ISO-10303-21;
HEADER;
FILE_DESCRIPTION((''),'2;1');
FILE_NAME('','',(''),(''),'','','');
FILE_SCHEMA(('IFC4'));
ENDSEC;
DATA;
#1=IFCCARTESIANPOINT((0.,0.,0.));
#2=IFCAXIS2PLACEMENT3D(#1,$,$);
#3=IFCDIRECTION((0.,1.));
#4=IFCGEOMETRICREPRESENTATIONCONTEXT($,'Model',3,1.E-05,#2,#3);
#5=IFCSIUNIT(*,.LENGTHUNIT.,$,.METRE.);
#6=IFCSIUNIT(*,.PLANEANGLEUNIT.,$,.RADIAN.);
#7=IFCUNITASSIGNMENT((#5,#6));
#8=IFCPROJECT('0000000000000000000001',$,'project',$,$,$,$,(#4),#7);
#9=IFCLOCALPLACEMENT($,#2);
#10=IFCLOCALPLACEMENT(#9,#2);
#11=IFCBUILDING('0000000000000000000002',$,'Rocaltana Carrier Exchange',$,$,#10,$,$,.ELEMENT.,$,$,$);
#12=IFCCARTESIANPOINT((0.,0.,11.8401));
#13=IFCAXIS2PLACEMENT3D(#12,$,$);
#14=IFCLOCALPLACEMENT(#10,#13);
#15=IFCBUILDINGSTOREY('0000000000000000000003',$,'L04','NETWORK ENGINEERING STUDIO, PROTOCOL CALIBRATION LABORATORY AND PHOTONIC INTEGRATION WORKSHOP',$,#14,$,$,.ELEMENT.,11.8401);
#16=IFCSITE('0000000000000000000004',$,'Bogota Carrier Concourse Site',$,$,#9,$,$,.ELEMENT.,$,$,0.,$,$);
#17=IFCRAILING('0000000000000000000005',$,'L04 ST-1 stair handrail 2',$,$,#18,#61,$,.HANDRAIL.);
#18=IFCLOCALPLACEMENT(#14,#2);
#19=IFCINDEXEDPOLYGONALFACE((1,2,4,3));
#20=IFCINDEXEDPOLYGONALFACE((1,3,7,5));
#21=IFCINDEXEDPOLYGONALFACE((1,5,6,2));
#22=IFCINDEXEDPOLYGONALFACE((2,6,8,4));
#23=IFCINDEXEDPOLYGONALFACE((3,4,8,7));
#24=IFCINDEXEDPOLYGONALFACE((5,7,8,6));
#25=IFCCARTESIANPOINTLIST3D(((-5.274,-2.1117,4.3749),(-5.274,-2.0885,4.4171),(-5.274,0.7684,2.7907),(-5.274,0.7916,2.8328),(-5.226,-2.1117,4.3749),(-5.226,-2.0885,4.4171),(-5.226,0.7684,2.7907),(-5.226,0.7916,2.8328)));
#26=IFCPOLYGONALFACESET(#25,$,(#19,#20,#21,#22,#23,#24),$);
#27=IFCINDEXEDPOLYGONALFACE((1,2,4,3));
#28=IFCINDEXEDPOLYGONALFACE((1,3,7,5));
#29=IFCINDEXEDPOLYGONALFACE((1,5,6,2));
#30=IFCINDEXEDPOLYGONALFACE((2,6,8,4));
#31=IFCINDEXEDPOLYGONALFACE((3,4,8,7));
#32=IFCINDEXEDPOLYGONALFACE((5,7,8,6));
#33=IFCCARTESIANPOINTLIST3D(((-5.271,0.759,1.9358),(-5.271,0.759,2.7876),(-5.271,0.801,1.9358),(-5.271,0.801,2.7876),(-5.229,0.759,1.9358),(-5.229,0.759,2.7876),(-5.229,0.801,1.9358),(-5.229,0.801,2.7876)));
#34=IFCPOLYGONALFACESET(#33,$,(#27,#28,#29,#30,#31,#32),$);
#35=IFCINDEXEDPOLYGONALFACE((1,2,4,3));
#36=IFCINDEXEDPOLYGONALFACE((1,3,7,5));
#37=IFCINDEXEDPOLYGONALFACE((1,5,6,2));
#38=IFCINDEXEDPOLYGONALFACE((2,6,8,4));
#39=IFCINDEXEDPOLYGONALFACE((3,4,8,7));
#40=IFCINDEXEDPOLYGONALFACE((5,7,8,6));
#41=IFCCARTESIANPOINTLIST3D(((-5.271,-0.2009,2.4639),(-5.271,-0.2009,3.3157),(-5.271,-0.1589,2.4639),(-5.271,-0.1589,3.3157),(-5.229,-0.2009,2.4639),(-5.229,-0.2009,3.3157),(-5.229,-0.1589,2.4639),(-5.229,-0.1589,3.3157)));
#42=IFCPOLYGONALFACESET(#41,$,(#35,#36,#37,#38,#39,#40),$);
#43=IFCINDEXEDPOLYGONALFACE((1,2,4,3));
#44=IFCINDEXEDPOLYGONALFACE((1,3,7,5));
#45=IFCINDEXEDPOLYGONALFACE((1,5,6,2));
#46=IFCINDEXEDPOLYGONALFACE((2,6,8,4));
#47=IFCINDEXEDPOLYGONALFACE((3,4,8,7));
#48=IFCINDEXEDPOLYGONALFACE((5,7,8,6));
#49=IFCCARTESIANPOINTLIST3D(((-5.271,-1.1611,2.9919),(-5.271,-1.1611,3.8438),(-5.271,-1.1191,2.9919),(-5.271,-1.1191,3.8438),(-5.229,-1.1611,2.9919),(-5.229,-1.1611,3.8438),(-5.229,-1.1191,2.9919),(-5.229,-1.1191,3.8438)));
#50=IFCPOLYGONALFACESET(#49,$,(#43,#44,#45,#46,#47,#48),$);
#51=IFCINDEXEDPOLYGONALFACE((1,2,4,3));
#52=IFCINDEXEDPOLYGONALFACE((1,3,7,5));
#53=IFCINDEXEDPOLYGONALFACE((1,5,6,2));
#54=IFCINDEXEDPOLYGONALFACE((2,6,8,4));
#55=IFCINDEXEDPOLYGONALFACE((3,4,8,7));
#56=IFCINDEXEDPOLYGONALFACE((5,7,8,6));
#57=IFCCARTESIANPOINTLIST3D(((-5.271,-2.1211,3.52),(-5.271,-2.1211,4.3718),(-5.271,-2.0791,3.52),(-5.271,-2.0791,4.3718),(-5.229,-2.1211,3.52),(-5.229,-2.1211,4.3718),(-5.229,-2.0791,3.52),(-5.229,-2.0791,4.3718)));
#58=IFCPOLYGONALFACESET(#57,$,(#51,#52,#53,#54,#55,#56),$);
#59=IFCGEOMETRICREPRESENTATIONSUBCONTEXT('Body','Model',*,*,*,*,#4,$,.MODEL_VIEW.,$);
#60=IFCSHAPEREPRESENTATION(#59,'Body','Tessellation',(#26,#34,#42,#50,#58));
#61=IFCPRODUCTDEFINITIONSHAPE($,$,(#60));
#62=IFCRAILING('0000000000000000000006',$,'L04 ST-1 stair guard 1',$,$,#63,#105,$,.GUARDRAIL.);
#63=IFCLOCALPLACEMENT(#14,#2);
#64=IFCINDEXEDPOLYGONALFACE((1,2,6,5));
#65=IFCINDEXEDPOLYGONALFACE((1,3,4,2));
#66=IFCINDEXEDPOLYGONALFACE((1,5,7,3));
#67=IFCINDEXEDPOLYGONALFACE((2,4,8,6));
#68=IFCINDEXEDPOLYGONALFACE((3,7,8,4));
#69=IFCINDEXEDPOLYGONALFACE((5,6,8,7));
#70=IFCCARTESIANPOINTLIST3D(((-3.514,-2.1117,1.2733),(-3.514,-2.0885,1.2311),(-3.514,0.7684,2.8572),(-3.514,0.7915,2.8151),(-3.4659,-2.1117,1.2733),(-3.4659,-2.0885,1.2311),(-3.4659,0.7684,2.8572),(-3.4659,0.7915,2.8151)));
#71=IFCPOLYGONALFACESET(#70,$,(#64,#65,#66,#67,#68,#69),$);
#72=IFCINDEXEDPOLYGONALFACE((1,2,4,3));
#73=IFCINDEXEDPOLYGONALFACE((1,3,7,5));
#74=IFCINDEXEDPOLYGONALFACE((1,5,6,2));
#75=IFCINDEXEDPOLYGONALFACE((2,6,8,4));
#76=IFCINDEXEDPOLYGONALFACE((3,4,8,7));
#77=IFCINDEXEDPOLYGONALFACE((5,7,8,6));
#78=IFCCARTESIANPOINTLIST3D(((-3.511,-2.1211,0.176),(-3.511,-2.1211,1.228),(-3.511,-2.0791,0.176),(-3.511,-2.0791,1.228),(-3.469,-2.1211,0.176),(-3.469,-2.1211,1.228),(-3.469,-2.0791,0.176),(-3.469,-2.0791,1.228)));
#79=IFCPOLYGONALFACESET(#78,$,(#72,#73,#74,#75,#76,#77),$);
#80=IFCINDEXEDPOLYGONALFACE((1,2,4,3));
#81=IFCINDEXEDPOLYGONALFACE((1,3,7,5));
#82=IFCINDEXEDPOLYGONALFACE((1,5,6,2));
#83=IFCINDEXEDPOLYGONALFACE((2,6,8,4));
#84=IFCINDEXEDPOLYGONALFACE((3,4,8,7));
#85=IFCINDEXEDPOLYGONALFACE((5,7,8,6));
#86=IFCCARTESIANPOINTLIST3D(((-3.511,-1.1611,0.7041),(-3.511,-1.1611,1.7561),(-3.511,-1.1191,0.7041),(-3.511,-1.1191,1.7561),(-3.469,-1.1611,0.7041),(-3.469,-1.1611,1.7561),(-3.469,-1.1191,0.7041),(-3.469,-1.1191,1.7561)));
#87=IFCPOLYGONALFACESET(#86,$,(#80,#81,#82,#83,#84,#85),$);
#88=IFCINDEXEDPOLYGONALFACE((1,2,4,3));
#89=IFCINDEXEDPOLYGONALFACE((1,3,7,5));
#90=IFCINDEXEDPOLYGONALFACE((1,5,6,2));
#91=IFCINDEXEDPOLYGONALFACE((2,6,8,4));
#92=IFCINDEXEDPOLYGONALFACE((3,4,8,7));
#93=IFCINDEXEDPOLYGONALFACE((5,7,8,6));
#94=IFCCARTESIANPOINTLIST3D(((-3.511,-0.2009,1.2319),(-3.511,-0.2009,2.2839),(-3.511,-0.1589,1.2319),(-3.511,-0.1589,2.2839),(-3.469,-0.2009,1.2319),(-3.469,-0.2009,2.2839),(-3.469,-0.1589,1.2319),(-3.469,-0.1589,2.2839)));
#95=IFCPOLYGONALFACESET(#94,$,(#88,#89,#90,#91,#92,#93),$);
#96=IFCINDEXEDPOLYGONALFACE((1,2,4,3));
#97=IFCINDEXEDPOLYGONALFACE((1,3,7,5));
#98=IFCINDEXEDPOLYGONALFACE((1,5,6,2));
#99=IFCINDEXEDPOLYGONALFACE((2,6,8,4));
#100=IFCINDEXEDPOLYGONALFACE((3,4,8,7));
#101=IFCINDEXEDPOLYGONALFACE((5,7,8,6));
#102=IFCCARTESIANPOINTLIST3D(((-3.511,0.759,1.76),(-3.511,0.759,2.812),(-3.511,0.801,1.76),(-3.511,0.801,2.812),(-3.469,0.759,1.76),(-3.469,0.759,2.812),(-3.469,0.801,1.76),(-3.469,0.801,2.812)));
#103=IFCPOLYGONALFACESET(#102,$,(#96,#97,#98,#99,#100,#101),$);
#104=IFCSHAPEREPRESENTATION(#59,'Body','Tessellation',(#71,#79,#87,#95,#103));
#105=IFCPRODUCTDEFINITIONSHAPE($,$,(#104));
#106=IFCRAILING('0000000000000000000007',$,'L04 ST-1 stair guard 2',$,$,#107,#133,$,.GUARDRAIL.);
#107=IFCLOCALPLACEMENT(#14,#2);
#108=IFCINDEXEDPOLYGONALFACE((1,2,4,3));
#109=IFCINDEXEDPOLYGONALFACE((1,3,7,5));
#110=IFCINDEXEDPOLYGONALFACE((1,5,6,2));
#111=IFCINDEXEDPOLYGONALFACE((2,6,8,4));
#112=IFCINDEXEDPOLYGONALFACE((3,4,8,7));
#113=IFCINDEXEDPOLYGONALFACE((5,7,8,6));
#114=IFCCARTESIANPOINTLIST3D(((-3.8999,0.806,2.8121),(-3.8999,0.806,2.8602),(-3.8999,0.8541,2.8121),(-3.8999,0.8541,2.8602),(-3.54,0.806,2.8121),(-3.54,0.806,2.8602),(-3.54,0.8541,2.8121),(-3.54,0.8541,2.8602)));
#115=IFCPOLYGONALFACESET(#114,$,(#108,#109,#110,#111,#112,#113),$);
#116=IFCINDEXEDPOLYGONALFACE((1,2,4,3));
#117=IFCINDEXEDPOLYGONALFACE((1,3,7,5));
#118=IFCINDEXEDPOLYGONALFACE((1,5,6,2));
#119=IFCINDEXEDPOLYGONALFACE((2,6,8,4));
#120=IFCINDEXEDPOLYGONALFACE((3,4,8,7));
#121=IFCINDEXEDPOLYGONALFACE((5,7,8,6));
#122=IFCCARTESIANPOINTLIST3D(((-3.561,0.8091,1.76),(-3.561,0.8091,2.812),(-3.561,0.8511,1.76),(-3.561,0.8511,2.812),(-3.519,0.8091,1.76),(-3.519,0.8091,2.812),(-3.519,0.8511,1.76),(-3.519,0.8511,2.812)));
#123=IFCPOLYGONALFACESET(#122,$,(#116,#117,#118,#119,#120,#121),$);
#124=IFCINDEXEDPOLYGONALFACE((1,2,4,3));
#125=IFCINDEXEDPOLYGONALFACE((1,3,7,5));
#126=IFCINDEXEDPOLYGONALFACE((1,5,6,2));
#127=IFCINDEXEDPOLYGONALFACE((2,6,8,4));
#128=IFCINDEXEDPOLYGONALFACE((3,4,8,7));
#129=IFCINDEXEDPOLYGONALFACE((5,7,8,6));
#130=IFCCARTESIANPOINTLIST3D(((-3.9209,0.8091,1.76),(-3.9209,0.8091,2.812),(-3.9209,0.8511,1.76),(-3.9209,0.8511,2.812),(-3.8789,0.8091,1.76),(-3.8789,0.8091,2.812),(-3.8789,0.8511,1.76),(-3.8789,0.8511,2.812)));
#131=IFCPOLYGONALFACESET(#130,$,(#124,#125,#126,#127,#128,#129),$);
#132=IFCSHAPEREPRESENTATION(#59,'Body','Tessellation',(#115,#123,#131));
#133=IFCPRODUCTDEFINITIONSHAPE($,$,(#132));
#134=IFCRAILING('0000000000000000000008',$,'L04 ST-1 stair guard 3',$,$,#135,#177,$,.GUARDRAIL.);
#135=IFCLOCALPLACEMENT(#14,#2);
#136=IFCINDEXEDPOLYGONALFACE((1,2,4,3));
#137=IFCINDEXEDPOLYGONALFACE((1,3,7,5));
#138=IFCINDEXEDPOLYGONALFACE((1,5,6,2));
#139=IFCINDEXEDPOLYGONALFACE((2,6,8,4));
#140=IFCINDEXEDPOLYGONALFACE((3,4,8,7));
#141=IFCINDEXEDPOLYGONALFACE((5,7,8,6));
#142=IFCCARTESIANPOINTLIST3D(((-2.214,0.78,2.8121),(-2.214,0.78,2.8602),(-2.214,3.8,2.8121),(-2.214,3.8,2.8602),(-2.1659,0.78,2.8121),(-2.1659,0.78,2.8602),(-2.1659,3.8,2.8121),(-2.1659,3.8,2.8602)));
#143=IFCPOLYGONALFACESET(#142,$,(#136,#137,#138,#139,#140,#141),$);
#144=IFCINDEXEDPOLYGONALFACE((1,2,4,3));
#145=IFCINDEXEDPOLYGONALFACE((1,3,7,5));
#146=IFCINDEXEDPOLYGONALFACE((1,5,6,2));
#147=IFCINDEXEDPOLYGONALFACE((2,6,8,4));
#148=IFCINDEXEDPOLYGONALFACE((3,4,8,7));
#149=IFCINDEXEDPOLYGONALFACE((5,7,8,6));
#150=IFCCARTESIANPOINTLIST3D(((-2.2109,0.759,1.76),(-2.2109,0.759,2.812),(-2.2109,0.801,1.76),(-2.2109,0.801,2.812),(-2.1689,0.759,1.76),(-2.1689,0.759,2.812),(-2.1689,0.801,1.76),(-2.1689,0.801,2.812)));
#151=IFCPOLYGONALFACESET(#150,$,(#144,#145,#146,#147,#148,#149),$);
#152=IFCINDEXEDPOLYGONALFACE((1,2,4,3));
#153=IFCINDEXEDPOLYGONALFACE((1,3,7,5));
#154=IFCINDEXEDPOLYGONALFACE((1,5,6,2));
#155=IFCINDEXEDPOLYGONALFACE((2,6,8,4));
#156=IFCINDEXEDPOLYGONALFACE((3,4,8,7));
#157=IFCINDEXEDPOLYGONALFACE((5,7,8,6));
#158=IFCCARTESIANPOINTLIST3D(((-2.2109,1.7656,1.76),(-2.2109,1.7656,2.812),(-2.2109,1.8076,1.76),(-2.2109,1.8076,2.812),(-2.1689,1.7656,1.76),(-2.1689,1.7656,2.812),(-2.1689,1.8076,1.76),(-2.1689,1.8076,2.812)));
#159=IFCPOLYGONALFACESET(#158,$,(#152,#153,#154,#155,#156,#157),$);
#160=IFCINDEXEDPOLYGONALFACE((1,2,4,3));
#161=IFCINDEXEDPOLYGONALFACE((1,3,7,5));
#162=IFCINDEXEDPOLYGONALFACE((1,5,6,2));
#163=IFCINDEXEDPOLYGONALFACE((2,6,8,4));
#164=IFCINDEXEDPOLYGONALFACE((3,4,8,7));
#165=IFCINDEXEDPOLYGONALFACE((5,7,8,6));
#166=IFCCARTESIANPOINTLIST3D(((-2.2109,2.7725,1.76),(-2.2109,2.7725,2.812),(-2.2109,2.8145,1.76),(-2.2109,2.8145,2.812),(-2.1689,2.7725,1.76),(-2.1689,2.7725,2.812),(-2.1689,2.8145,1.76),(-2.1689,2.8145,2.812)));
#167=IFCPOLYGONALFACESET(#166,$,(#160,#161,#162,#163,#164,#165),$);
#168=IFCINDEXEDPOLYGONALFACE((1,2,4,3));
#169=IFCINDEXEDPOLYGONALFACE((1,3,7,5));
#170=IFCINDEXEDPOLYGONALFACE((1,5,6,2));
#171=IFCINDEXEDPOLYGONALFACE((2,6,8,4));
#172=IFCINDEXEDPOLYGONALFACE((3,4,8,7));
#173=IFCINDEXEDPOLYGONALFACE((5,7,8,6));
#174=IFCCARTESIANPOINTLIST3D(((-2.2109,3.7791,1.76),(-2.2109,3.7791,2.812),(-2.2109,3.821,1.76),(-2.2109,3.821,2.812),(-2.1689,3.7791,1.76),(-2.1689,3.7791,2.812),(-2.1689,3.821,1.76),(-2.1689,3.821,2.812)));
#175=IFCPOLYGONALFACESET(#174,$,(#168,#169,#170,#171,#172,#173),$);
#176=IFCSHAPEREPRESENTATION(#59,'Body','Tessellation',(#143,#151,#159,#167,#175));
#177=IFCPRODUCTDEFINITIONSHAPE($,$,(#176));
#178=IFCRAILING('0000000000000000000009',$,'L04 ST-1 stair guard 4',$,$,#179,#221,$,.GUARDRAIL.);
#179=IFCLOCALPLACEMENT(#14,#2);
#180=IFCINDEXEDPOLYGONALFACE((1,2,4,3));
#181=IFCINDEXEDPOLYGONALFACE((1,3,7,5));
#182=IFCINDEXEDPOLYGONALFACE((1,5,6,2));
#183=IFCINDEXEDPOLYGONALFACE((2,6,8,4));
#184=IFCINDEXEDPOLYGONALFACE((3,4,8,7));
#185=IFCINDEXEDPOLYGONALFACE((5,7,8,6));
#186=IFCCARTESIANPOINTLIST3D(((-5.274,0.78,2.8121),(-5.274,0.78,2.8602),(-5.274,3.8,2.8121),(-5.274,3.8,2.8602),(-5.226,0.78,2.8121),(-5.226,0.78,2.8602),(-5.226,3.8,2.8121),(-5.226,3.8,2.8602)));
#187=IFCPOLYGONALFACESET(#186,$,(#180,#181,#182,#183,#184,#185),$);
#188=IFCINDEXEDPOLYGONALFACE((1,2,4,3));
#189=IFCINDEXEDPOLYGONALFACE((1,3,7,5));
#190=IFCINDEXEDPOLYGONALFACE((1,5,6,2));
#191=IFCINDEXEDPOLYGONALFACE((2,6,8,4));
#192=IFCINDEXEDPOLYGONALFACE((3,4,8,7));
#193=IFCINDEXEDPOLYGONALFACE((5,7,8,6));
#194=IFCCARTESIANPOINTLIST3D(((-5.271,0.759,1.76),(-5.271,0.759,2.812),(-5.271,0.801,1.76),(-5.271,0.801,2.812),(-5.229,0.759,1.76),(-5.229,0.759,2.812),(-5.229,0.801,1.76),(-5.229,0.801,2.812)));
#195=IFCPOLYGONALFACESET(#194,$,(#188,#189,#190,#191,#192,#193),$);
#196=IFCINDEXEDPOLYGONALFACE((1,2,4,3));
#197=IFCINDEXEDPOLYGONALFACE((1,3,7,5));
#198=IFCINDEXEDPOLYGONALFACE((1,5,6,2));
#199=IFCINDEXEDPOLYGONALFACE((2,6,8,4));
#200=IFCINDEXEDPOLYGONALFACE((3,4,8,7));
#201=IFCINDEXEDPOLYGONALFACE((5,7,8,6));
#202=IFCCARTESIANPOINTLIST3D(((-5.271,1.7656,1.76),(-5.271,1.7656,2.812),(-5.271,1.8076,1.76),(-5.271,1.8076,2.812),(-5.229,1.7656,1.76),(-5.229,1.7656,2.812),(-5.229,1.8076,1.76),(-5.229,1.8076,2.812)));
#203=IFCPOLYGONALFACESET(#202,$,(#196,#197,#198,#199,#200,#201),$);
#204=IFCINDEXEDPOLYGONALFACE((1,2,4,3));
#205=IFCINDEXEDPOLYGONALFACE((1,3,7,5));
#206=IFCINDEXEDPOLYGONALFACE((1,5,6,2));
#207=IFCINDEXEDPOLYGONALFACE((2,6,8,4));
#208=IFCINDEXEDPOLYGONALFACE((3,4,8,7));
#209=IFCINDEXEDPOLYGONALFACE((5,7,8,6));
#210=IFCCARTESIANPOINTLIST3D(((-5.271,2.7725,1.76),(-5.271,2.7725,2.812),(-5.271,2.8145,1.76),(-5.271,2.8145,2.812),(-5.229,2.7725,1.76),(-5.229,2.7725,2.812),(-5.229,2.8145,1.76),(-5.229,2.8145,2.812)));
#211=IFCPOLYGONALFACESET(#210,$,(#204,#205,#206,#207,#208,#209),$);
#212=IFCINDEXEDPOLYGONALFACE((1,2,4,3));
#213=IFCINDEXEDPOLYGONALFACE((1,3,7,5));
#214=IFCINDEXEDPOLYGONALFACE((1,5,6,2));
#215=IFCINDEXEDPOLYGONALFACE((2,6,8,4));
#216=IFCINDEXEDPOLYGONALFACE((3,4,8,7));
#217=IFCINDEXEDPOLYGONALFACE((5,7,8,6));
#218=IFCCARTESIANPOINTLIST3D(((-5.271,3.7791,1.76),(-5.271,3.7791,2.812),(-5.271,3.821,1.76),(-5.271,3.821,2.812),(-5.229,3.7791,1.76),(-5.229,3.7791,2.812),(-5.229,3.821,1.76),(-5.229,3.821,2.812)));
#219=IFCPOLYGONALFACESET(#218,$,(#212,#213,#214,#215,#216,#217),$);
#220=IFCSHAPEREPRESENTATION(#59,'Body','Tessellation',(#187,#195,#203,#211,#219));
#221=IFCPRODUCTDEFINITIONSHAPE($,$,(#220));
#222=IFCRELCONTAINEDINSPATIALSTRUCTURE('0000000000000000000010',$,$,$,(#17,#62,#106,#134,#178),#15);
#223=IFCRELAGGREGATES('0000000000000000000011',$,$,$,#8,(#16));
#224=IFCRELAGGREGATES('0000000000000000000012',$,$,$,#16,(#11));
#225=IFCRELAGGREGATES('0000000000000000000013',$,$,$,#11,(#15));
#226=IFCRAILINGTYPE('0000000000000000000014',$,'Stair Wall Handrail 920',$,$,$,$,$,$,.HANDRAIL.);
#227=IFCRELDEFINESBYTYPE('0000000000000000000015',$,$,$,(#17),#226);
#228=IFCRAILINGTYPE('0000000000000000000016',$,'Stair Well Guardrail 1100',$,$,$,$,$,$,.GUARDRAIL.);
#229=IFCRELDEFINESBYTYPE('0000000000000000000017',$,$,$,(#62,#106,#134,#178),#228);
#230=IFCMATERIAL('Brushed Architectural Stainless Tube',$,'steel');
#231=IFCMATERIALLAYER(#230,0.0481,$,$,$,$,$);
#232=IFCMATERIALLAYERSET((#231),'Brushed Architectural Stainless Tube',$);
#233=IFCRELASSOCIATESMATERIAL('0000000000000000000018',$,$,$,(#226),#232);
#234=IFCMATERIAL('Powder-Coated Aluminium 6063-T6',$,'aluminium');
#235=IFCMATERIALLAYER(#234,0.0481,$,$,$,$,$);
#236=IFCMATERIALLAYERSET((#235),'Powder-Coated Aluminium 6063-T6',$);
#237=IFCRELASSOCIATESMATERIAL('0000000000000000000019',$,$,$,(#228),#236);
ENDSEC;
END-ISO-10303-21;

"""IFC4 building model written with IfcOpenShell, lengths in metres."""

from ifc_helpers import new_model, si_unit, direction, frame, origin, origin_2d, place, context, subcontext, project, spatial, rectangle, extrude, material, layer, layer_set, type_object, element, save


model = new_model("IFC4")

# Units and contexts
model_context = context("Model", 3, precision=1e-05, world=origin(), true_north=direction((0.0, 1.0)))
body_context = subcontext(model_context, "Body", "Model", "MODEL_VIEW")
ifc_project = project(units=[si_unit("LENGTHUNIT", "METRE"), si_unit("PLANEANGLEUNIT", "RADIAN")], contexts=[model_context])

# Site, building, storey
site_placement = place(None, origin())
site = spatial("IfcSite", under=ifc_project, at=site_placement, Name="Bogota Carrier Concourse Site", CompositionType="ELEMENT", RefElevation=0.0)
building_placement = place(site_placement, origin())
building = spatial("IfcBuilding", under=site, at=building_placement, Name="Rocaltana Carrier Exchange", CompositionType="ELEMENT")
storey_placement = place(building_placement, frame((0.0, 0.0, 11.8401)))
storey = spatial("IfcBuildingStorey", under=building, at=storey_placement, Name="L04", Description="NETWORK ENGINEERING STUDIO, PROTOCOL CALIBRATION LABORATORY AND PHOTONIC INTEGRATION WORKSHOP", CompositionType="ELEMENT", Elevation=11.8401)

# Railings
ifc_material_1 = material(Name="Brushed Architectural Stainless Tube", Category="steel")
ifc_layer_1 = layer(ifc_material_1, 0.0481)
ifc_layer_set_1 = layer_set([ifc_layer_1], Name="Brushed Architectural Stainless Tube")
railing_type_1 = type_object("IfcRailingType", Name="Stair Wall Handrail 920", PredefinedType="HANDRAIL", material=ifc_layer_set_1)
railing_1_placement = place(storey_placement, frame((-5.25, 0.78, 1.9358)))
element("IfcRailing", 1, at=railing_1_placement, inside=storey, type_object=railing_type_1, Name="L04 ST-1 stair handrail 2", PredefinedType="HANDRAIL", context=body_context, shape_type="SweptSolid", body=[
    extrude(rectangle(XDim=0.0481, YDim=0.0481, at=origin_2d()), frame((0.0, 0.0, 0.876), z_axis=(0.0, -0.876196, 0.481956), x_axis=(1.0, 0.0, 0.0)), (0.0, 0.0, 1.0), 3.2871),
    extrude(rectangle(XDim=0.042, YDim=0.042, at=origin_2d()), origin(), (0.0, 0.0, 1.0), 0.8518),
    extrude(rectangle(XDim=0.042, YDim=0.042, at=origin_2d()), frame((0.0, -0.96, 0.5281)), (0.0, 0.0, 1.0), 0.8518),
    extrude(rectangle(XDim=0.042, YDim=0.042, at=origin_2d()), frame((0.0, -1.9202, 1.0562)), (0.0, 0.0, 1.0), 0.8518),
    extrude(rectangle(XDim=0.042, YDim=0.042, at=origin_2d()), frame((0.0, -2.8801, 1.5842)), (0.0, 0.0, 1.0), 0.8518),
])
ifc_material_2 = material(Name="Powder-Coated Aluminium 6063-T6", Category="aluminium")
ifc_layer_2 = layer(ifc_material_2, 0.0481)
ifc_layer_set_2 = layer_set([ifc_layer_2], Name="Powder-Coated Aluminium 6063-T6")
railing_type_2 = type_object("IfcRailingType", Name="Stair Well Guardrail 1100", PredefinedType="GUARDRAIL", material=ifc_layer_set_2)
railing_2_placement = place(storey_placement, frame((-3.49, -2.1001, 0.176)))
element("IfcRailing", 2, at=railing_2_placement, inside=storey, type_object=railing_type_2, Name="L04 ST-1 stair guard 1", PredefinedType="GUARDRAIL", context=body_context, shape_type="SweptSolid", body=[
    extrude(rectangle(XDim=0.0481, YDim=0.0481, at=origin_2d()), frame((0.0, 0.0, 1.0762), z_axis=(0.0, 0.876227, 0.481899), x_axis=(-1.0, 0.0, 0.0)), (0.0, 0.0, 1.0), 3.2869),
    extrude(rectangle(XDim=0.042, YDim=0.042, at=origin_2d()), origin(), (0.0, 0.0, 1.0), 1.052),
    extrude(rectangle(XDim=0.042, YDim=0.042, at=origin_2d()), frame((0.0, 0.96, 0.5281)), (0.0, 0.0, 1.0), 1.052),
    extrude(rectangle(XDim=0.042, YDim=0.042, at=origin_2d()), frame((0.0, 1.9202, 1.0559)), (0.0, 0.0, 1.0), 1.052),
    extrude(rectangle(XDim=0.042, YDim=0.042, at=origin_2d()), frame((0.0, 2.8801, 1.584)), (0.0, 0.0, 1.0), 1.052),
])
railing_3_placement = place(storey_placement, frame((-3.54, 0.8301, 1.76)))
element("IfcRailing", 3, at=railing_3_placement, inside=storey, type_object=railing_type_2, Name="L04 ST-1 stair guard 2", PredefinedType="GUARDRAIL", context=body_context, shape_type="SweptSolid", body=[
    extrude(rectangle(XDim=0.0481, YDim=0.0481, at=origin_2d()), frame((0.0, 0.0, 1.0762), z_axis=(-1.0, 0.0, 0.0), x_axis=(0.0, -1.0, 0.0)), (0.0, 0.0, 1.0), 0.3599),
    extrude(rectangle(XDim=0.042, YDim=0.042, at=origin_2d()), origin(), (0.0, 0.0, 1.0), 1.052),
    extrude(rectangle(XDim=0.042, YDim=0.042, at=origin_2d()), frame((-0.3599, 0.0, 0.0)), (0.0, 0.0, 1.0), 1.052),
])
for number, where, name in (
    (4, (-2.1899, 0.78, 1.76), "L04 ST-1 stair guard 3"),
    (5, (-5.25, 0.78, 1.76), "L04 ST-1 stair guard 4"),
):
    element("IfcRailing", number, at=place(storey_placement, frame(where)), inside=storey, type_object=railing_type_2, Name=name, PredefinedType="GUARDRAIL", context=body_context, shape_type="SweptSolid", body=[
        extrude(rectangle(XDim=0.0481, YDim=0.0481, at=origin_2d()), frame((0.0, 0.0, 1.0762), z_axis=(0.0, 1.0, 0.0), x_axis=(-1.0, 0.0, 0.0)), (0.0, 0.0, 1.0), 3.02),
        extrude(rectangle(XDim=0.042, YDim=0.042, at=origin_2d()), origin(), (0.0, 0.0, 1.0), 1.052),
        extrude(rectangle(XDim=0.042, YDim=0.042, at=origin_2d()), frame((0.0, 1.0066, 0.0)), (0.0, 0.0, 1.0), 1.052),
        extrude(rectangle(XDim=0.042, YDim=0.042, at=origin_2d()), frame((0.0, 2.0134, 0.0)), (0.0, 0.0, 1.0), 1.052),
        extrude(rectangle(XDim=0.042, YDim=0.042, at=origin_2d()), frame((0.0, 3.02, 0.0)), (0.0, 0.0, 1.0), 1.052),
    ])

save(model, "model.ifc")
